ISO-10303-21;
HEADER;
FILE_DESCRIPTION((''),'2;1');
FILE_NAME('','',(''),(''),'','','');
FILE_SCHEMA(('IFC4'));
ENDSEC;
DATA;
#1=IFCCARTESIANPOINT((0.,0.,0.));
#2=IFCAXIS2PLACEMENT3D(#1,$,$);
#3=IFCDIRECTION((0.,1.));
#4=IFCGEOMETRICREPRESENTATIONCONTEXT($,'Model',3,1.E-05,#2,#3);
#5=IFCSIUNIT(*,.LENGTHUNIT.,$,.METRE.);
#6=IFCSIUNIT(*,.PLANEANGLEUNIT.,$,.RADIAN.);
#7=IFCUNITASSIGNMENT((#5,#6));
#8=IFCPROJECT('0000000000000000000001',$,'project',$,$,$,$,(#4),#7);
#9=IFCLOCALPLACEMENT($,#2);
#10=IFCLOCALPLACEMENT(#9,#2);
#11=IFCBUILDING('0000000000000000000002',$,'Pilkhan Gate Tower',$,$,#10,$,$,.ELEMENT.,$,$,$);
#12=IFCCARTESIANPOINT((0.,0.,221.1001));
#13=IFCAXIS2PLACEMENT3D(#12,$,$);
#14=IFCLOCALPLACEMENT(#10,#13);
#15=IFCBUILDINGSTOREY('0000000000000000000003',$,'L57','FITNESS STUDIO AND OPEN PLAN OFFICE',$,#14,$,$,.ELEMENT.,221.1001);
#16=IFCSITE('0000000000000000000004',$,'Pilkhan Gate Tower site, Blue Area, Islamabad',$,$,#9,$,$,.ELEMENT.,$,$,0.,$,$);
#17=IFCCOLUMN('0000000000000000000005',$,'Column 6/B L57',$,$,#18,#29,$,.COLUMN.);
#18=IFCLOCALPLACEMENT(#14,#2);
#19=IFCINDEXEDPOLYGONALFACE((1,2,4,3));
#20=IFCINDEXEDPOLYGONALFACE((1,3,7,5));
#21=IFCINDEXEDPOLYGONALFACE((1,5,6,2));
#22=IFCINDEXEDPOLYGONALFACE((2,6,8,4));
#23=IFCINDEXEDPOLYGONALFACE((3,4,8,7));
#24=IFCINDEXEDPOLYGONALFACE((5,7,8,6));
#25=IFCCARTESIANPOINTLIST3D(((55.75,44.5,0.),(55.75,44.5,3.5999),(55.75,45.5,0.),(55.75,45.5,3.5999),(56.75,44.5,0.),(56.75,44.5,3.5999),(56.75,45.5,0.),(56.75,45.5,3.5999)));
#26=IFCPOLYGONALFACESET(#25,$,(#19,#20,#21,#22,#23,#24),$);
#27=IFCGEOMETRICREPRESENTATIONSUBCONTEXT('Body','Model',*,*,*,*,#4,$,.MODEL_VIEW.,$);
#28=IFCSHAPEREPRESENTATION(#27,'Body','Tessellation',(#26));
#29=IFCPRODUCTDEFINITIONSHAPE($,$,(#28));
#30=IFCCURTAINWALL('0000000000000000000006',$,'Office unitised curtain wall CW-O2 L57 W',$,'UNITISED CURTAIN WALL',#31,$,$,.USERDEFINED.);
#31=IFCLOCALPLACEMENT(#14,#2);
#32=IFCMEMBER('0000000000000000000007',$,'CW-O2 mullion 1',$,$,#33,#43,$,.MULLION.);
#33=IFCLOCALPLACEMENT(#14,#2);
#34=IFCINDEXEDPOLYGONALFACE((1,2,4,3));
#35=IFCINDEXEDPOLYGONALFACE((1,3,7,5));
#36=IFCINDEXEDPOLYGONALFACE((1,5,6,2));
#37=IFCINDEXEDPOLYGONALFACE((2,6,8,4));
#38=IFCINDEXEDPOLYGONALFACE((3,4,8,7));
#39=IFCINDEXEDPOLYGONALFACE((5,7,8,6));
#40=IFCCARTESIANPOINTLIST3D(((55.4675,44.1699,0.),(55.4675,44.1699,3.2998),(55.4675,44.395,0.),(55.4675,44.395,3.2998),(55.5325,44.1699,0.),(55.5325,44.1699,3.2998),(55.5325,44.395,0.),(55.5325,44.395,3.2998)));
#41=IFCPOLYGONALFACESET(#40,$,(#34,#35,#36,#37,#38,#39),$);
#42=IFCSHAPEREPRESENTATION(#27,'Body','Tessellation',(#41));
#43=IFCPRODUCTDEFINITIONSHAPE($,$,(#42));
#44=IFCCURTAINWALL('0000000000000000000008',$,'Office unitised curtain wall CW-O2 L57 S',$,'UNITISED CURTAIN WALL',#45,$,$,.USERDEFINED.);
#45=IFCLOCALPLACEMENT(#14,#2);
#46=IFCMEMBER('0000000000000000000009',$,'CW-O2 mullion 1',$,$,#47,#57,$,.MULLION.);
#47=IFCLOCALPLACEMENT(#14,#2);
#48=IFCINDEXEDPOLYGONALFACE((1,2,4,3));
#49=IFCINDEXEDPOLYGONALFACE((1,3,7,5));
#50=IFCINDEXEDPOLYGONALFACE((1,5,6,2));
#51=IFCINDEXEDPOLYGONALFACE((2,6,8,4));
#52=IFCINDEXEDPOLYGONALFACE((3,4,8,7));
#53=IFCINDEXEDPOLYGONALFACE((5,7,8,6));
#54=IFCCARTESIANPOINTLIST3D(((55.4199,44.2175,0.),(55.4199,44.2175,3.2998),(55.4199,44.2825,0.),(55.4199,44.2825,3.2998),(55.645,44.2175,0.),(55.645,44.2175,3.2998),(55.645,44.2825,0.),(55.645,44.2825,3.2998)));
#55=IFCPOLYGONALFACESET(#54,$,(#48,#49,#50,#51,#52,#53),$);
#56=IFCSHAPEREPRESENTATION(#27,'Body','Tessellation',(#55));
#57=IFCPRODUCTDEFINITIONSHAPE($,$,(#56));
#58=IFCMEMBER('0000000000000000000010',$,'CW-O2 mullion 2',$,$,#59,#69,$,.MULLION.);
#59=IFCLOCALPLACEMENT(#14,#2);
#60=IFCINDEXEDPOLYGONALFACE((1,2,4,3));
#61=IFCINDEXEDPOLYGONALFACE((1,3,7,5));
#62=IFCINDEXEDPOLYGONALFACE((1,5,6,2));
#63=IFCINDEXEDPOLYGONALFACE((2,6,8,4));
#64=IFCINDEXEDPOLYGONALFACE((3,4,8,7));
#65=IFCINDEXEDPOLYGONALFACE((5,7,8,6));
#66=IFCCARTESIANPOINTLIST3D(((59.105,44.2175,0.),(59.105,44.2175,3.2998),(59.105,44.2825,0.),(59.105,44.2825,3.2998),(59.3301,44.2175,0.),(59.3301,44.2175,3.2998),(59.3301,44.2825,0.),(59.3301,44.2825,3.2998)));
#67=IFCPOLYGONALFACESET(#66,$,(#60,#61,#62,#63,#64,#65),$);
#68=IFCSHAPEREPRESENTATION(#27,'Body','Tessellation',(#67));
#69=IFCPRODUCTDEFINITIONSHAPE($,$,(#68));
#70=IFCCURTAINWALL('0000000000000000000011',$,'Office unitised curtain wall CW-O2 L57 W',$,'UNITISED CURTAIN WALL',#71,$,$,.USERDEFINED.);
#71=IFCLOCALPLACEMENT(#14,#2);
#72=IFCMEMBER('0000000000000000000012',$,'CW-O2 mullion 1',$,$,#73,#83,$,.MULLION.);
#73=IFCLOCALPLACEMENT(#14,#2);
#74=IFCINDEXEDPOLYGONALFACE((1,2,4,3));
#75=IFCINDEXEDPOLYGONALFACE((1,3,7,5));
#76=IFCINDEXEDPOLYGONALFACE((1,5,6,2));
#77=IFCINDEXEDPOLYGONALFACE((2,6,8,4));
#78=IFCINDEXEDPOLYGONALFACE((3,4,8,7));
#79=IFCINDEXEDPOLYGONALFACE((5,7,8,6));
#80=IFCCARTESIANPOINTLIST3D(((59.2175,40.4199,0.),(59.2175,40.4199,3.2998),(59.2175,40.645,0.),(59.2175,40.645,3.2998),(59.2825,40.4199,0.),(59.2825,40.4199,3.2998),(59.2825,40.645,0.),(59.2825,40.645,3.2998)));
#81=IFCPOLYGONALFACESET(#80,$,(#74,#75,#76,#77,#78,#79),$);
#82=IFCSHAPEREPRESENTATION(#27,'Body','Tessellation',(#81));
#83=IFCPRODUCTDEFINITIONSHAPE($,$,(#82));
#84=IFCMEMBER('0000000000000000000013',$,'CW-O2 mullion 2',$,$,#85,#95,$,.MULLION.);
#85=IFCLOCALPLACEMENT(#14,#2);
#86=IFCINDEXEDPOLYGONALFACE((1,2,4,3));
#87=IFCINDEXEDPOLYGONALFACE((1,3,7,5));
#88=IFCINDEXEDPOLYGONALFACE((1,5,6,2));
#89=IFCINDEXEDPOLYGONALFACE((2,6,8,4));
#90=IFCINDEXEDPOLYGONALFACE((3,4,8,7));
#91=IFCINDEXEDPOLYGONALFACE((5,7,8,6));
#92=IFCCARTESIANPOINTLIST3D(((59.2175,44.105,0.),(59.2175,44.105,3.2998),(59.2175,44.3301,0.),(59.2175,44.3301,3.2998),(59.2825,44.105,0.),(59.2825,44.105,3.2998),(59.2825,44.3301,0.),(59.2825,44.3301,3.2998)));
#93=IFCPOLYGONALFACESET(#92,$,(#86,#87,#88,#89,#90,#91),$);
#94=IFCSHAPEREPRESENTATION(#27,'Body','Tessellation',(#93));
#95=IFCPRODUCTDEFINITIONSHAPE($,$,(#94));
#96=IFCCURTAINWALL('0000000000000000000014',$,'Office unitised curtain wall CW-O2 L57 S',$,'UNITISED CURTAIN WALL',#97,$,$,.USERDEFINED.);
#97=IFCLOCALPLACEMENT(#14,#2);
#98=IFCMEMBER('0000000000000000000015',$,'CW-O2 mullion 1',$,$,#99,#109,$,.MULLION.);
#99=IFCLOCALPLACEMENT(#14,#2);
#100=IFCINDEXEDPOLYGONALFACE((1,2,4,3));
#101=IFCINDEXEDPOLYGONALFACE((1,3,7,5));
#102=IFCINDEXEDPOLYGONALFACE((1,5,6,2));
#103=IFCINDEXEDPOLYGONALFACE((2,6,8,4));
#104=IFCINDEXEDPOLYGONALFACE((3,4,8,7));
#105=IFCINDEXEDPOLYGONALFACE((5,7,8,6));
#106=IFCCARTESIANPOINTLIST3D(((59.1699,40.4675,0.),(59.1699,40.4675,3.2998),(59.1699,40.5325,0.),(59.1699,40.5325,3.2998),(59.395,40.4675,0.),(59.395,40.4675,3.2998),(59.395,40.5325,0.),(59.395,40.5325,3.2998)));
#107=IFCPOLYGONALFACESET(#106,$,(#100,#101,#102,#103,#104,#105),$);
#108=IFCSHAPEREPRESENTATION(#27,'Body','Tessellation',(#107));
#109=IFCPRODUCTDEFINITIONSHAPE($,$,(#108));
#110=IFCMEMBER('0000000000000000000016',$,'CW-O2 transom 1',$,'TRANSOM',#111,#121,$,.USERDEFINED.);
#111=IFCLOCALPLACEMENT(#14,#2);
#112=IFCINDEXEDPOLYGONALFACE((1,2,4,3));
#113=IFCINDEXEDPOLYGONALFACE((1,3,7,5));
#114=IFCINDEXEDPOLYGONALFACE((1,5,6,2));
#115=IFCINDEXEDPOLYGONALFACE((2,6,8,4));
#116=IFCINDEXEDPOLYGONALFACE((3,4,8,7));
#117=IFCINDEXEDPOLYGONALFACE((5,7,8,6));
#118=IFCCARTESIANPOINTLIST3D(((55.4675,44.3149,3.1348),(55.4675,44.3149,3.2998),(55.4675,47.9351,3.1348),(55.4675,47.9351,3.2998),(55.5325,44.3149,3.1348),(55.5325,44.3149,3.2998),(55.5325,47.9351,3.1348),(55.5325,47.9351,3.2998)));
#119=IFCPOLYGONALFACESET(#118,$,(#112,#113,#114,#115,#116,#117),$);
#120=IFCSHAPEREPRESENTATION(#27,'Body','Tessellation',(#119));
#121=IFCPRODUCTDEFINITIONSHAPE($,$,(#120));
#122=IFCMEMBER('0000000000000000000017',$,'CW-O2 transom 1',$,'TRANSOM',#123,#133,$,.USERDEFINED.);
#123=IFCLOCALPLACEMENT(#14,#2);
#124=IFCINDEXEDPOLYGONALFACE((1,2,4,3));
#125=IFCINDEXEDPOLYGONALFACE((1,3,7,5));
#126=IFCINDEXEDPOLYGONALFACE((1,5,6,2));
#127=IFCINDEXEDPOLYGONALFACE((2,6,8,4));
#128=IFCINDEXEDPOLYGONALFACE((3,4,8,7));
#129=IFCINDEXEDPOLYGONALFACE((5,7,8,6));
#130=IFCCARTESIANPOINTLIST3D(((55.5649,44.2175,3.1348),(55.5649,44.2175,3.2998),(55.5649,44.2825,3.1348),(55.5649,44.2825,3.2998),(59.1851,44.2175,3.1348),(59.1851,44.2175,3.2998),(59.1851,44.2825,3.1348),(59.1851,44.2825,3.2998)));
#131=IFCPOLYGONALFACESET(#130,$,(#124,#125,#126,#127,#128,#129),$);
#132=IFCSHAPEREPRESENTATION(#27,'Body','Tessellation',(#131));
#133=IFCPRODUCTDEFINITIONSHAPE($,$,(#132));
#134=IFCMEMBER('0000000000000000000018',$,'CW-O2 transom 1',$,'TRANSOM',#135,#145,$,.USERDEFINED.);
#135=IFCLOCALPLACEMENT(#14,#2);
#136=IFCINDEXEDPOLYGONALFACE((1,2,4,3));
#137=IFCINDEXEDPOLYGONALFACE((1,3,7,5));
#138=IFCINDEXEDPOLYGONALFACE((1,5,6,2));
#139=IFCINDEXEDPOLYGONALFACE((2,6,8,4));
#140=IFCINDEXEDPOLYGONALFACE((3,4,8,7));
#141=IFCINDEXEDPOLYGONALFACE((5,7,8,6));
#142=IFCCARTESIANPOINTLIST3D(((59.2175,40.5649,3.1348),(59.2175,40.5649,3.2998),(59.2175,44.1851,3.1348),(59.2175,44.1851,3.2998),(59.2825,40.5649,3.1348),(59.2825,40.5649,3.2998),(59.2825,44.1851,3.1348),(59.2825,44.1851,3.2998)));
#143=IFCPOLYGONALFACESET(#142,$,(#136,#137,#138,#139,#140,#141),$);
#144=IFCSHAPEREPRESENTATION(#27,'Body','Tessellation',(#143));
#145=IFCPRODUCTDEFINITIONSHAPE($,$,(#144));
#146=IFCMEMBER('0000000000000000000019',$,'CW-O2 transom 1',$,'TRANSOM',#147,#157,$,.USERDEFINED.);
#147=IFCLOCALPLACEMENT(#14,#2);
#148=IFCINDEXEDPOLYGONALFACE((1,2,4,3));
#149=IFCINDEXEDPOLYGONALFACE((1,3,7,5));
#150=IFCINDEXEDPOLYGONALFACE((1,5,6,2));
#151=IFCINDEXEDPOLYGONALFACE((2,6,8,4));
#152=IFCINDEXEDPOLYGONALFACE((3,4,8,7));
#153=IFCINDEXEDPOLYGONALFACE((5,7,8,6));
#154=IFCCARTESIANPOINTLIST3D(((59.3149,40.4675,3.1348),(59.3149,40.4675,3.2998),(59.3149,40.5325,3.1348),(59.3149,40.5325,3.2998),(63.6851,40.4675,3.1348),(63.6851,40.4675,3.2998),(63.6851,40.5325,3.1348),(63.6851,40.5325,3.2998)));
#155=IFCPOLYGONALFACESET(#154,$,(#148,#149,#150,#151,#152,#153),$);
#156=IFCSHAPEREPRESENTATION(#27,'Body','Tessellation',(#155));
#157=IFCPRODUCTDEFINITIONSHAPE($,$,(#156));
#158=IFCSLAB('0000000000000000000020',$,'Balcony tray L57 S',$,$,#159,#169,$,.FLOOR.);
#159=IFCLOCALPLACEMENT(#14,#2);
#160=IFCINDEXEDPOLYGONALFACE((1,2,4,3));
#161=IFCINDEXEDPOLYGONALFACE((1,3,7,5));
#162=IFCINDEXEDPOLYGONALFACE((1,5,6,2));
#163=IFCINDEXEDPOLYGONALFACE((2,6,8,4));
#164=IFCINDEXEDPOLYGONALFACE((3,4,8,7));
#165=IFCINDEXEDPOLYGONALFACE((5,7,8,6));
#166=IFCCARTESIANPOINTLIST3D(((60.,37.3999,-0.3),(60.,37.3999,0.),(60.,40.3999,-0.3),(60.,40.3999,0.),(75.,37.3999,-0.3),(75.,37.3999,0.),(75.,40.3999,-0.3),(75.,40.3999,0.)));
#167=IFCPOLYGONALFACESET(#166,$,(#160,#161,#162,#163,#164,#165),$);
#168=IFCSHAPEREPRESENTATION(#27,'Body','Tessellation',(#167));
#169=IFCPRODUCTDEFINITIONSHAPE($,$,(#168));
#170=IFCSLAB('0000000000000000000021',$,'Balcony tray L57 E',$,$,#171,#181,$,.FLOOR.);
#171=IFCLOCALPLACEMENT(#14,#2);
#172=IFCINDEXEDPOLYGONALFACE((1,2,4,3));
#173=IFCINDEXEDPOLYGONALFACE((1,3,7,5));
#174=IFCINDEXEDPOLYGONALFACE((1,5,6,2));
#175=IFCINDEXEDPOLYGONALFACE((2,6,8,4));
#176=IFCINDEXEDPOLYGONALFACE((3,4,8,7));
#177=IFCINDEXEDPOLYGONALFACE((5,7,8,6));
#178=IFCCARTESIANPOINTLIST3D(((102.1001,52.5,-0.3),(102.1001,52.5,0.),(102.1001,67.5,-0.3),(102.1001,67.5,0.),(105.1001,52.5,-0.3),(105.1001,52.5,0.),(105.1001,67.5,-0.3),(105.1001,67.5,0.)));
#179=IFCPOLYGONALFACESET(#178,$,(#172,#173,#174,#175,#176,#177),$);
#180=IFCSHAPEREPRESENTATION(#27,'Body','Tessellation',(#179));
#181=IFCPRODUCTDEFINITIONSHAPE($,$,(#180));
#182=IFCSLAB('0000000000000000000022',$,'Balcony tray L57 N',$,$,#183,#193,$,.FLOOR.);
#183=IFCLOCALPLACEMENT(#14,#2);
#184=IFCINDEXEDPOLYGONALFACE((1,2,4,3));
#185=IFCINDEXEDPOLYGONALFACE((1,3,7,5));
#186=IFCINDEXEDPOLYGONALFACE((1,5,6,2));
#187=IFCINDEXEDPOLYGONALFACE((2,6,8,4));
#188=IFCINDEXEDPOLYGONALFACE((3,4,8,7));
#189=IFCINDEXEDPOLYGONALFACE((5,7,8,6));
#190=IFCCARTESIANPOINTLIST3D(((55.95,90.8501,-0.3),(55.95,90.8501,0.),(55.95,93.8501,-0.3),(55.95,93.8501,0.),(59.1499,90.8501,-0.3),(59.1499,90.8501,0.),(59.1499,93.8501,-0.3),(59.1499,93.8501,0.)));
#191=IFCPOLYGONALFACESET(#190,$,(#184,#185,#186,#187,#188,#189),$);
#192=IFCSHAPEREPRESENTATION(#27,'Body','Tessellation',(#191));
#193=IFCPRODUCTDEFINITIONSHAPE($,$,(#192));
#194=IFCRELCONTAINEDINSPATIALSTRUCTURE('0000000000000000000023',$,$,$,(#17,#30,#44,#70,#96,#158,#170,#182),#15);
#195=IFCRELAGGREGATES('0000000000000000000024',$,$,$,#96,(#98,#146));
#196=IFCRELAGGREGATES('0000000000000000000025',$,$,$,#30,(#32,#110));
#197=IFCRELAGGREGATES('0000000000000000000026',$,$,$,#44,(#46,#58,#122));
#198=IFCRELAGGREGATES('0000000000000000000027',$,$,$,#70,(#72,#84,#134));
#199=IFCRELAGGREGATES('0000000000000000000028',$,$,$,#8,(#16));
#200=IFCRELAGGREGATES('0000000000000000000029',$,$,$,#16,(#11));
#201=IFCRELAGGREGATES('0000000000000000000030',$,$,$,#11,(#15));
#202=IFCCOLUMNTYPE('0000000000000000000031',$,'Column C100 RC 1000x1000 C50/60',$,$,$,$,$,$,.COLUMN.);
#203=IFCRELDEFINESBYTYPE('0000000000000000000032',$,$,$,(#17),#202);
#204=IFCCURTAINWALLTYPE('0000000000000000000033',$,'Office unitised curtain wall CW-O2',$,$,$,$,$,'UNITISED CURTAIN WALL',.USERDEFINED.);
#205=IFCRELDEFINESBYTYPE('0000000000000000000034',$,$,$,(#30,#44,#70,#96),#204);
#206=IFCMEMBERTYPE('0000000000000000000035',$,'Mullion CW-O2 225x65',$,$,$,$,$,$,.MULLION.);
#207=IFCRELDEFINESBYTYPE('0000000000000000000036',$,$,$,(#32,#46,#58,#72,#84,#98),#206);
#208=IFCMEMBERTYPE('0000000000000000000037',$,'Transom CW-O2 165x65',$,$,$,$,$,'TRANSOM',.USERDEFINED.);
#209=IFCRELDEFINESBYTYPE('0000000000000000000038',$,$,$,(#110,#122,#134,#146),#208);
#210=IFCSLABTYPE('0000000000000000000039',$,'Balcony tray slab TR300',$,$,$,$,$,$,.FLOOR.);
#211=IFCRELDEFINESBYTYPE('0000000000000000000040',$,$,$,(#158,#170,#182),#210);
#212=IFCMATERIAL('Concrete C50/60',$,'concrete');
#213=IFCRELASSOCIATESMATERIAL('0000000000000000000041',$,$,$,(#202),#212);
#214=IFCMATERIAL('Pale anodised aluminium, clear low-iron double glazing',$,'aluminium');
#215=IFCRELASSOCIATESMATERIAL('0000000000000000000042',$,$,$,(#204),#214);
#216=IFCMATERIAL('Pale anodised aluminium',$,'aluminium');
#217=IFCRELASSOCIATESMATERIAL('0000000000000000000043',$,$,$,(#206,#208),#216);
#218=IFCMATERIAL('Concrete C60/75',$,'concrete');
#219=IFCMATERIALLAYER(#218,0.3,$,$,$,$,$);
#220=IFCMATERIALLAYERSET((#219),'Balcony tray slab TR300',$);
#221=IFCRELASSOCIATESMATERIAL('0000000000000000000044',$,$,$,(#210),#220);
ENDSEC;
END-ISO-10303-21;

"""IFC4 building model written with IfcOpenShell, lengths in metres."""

from ifc_helpers import new_model, si_unit, direction, frame, origin, origin_2d, place, context, subcontext, project, spatial, polyline, rectangle, outline, extrude, material, layer, layer_set, material_profile, profile_set, type_object, element, aggregate, save


model = new_model("IFC4")

# Units and contexts
model_context = context("Model", 3, precision=1e-05, world=origin(), true_north=direction((0.0, 1.0)))
body_context = subcontext(model_context, "Body", "Model", "MODEL_VIEW")
ifc_project = project(units=[si_unit("LENGTHUNIT", "METRE"), si_unit("PLANEANGLEUNIT", "RADIAN")], contexts=[model_context])

# Site, building, storey
site_placement = place(None, origin())
site = spatial("IfcSite", under=ifc_project, at=site_placement, Name="Pilkhan Gate Tower site, Blue Area, Islamabad", CompositionType="ELEMENT", RefElevation=0.0)
building_placement = place(site_placement, origin())
building = spatial("IfcBuilding", under=site, at=building_placement, Name="Pilkhan Gate Tower", CompositionType="ELEMENT")
storey_placement = place(building_placement, frame((0.0, 0.0, 221.1001)))
storey = spatial("IfcBuildingStorey", under=building, at=storey_placement, Name="L57", Description="FITNESS STUDIO AND OPEN PLAN OFFICE", CompositionType="ELEMENT", Elevation=221.1001)

# Column
ifc_material_1 = material(Name="Concrete C50/60", Category="concrete")
ifc_material_profile_1 = material_profile(ifc_material_1, rectangle(XDim=1.0, YDim=1.0, at=origin_2d()), Name="RC 1000x1000")
ifc_profile_set_1 = profile_set([ifc_material_profile_1], Name="Concrete C50/60")
column_type = type_object("IfcColumnType", Name="Column C100 RC 1000x1000 C50/60", PredefinedType="COLUMN", material=ifc_profile_set_1)
column_placement = place(storey_placement, frame((56.25, 45.0, 0.0), z_axis=(0.0, 0.0, 1.0), x_axis=(1.0, 0.0, 0.0)))
element("IfcColumn", 1, at=column_placement, inside=storey, type_object=column_type, Name="Column 6/B L57", PredefinedType="COLUMN", context=body_context, shape_type="SweptSolid", body=[
    extrude(rectangle(XDim=1.0, YDim=1.0, at=origin_2d()), origin(), (0.0, 0.0, 1.0), 3.5999),
])

# Curtain wall, member
ifc_material_2 = material(Name="Pale anodised aluminium, clear low-iron double glazing", Category="aluminium")
curtain_wall_type = type_object("IfcCurtainWallType", Name="Office unitised curtain wall CW-O2", ElementType="UNITISED CURTAIN WALL", PredefinedType="USERDEFINED", material=ifc_material_2)
curtain_wall_1_placement = place(storey_placement, origin())
curtain_wall_1 = element("IfcCurtainWall", 2, at=curtain_wall_1_placement, inside=storey, type_object=curtain_wall_type, Name="Office unitised curtain wall CW-O2 L57 W", ObjectType="UNITISED CURTAIN WALL", PredefinedType="USERDEFINED")
ifc_material_3 = material(Name="Pale anodised aluminium", Category="aluminium")
ifc_material_profile_2 = material_profile(ifc_material_3, rectangle(XDim=0.0649, YDim=0.2251, at=origin_2d()), Name="Mullion 225x65")
ifc_profile_set_2 = profile_set([ifc_material_profile_2], Name="Pale anodised aluminium")
member_type_1 = type_object("IfcMemberType", Name="Mullion CW-O2 225x65", PredefinedType="MULLION", material=ifc_profile_set_2)
member_1_placement = place(storey_placement, frame((55.5, 44.2825, 0.0), z_axis=(0.0, 0.0, 1.0), x_axis=(-1.0, 0.0, 0.0)))
member_1 = element("IfcMember", 3, at=member_1_placement, type_object=member_type_1, Name="CW-O2 mullion 1", PredefinedType="MULLION", context=body_context, shape_type="SweptSolid", body=[
    extrude(rectangle(XDim=0.0649, YDim=0.2251, at=origin_2d()), origin(), (0.0, 0.0, 1.0), 3.2998),
])

# Curtain walls, members
curtain_wall_2_placement = place(storey_placement, origin())
curtain_wall_2 = element("IfcCurtainWall", 4, at=curtain_wall_2_placement, inside=storey, type_object=curtain_wall_type, Name="Office unitised curtain wall CW-O2 L57 S", ObjectType="UNITISED CURTAIN WALL", PredefinedType="USERDEFINED")
member_2_placement = place(storey_placement, frame((55.5325, 44.25, 0.0), z_axis=(0.0, 0.0, 1.0), x_axis=(0.0, 1.0, 0.0)))
member_2 = element("IfcMember", 5, at=member_2_placement, type_object=member_type_1, Name="CW-O2 mullion 1", PredefinedType="MULLION", context=body_context, shape_type="SweptSolid", body=[
    extrude(rectangle(XDim=0.0649, YDim=0.2251, at=origin_2d()), origin(), (0.0, 0.0, 1.0), 3.2998),
])
member_3_placement = place(storey_placement, frame((59.2175, 44.25, 0.0), z_axis=(0.0, 0.0, 1.0), x_axis=(0.0, 1.0, 0.0)))
member_3 = element("IfcMember", 6, at=member_3_placement, type_object=member_type_1, Name="CW-O2 mullion 2", PredefinedType="MULLION", context=body_context, shape_type="SweptSolid", body=[
    extrude(rectangle(XDim=0.0649, YDim=0.2251, at=origin_2d()), origin(), (0.0, 0.0, 1.0), 3.2998),
])
curtain_wall_3_placement = place(storey_placement, origin())
curtain_wall_3 = element("IfcCurtainWall", 7, at=curtain_wall_3_placement, inside=storey, type_object=curtain_wall_type, Name="Office unitised curtain wall CW-O2 L57 W", ObjectType="UNITISED CURTAIN WALL", PredefinedType="USERDEFINED")
member_4_placement = place(storey_placement, frame((59.25, 40.5325, 0.0), z_axis=(0.0, 0.0, 1.0), x_axis=(-1.0, 0.0, 0.0)))
member_4 = element("IfcMember", 8, at=member_4_placement, type_object=member_type_1, Name="CW-O2 mullion 1", PredefinedType="MULLION", context=body_context, shape_type="SweptSolid", body=[
    extrude(rectangle(XDim=0.0649, YDim=0.2251, at=origin_2d()), origin(), (0.0, 0.0, 1.0), 3.2998),
])
member_5_placement = place(storey_placement, frame((59.25, 44.2175, 0.0), z_axis=(0.0, 0.0, 1.0), x_axis=(-1.0, 0.0, 0.0)))
member_5 = element("IfcMember", 9, at=member_5_placement, type_object=member_type_1, Name="CW-O2 mullion 2", PredefinedType="MULLION", context=body_context, shape_type="SweptSolid", body=[
    extrude(rectangle(XDim=0.0649, YDim=0.2251, at=origin_2d()), origin(), (0.0, 0.0, 1.0), 3.2998),
])

# Curtain wall, member
curtain_wall_4_placement = place(storey_placement, origin())
curtain_wall_4 = element("IfcCurtainWall", 10, at=curtain_wall_4_placement, inside=storey, type_object=curtain_wall_type, Name="Office unitised curtain wall CW-O2 L57 S", ObjectType="UNITISED CURTAIN WALL", PredefinedType="USERDEFINED")
member_6_placement = place(storey_placement, frame((59.2825, 40.5, 0.0), z_axis=(0.0, 0.0, 1.0), x_axis=(0.0, 1.0, 0.0)))
member_6 = element("IfcMember", 11, at=member_6_placement, type_object=member_type_1, Name="CW-O2 mullion 1", PredefinedType="MULLION", context=body_context, shape_type="SweptSolid", body=[
    extrude(rectangle(XDim=0.0649, YDim=0.2251, at=origin_2d()), origin(), (0.0, 0.0, 1.0), 3.2998),
])

# Members
ifc_material_profile_3 = material_profile(ifc_material_3, rectangle(XDim=0.0649, YDim=0.165, at=origin_2d()), Name="Transom 165x65")
ifc_profile_set_3 = profile_set([ifc_material_profile_3], Name="Pale anodised aluminium")
member_type_2 = type_object("IfcMemberType", Name="Transom CW-O2 165x65", ElementType="TRANSOM", PredefinedType="USERDEFINED", material=ifc_profile_set_3)
member_7_placement = place(storey_placement, frame((55.5, 44.3149, 3.2173), z_axis=(0.0, 1.0, 0.0), x_axis=(-1.0, 0.0, 0.0)))
member_7 = element("IfcMember", 12, at=member_7_placement, type_object=member_type_2, Name="CW-O2 transom 1", ObjectType="TRANSOM", PredefinedType="USERDEFINED", context=body_context, shape_type="SweptSolid", body=[
    extrude(rectangle(XDim=0.0649, YDim=0.165, at=origin_2d()), origin(), (0.0, 0.0, 1.0), 3.6201),
])
member_8_placement = place(storey_placement, frame((55.5649, 44.25, 3.2173), z_axis=(1.0, 0.0, 0.0), x_axis=(0.0, 1.0, 0.0)))
member_8 = element("IfcMember", 13, at=member_8_placement, type_object=member_type_2, Name="CW-O2 transom 1", ObjectType="TRANSOM", PredefinedType="USERDEFINED", context=body_context, shape_type="SweptSolid", body=[
    extrude(rectangle(XDim=0.0649, YDim=0.165, at=origin_2d()), origin(), (0.0, 0.0, 1.0), 3.6201),
])
member_9_placement = place(storey_placement, frame((59.25, 40.5649, 3.2173), z_axis=(0.0, 1.0, 0.0), x_axis=(-1.0, 0.0, 0.0)))
member_9 = element("IfcMember", 14, at=member_9_placement, type_object=member_type_2, Name="CW-O2 transom 1", ObjectType="TRANSOM", PredefinedType="USERDEFINED", context=body_context, shape_type="SweptSolid", body=[
    extrude(rectangle(XDim=0.0649, YDim=0.165, at=origin_2d()), origin(), (0.0, 0.0, 1.0), 3.6201),
])
member_10_placement = place(storey_placement, frame((59.3149, 40.5, 3.2173), z_axis=(1.0, 0.0, 0.0), x_axis=(0.0, 1.0, 0.0)))
member_10 = element("IfcMember", 15, at=member_10_placement, type_object=member_type_2, Name="CW-O2 transom 1", ObjectType="TRANSOM", PredefinedType="USERDEFINED", context=body_context, shape_type="SweptSolid", body=[
    extrude(rectangle(XDim=0.0649, YDim=0.165, at=origin_2d()), origin(), (0.0, 0.0, 1.0), 4.3701),
])
aggregate(curtain_wall_4, [member_6, member_10])

# Slabs
ifc_material_4 = material(Name="Concrete C60/75", Category="concrete")
ifc_layer_1 = layer(ifc_material_4, 0.3)
ifc_layer_set_1 = layer_set([ifc_layer_1], Name="Balcony tray slab TR300")
slab_type_1 = type_object("IfcSlabType", Name="Balcony tray slab TR300", PredefinedType="FLOOR", material=ifc_layer_set_1)
slab_1_placement = place(storey_placement, frame((0.0, 0.0, -0.3)))
element("IfcSlab", 16, at=slab_1_placement, inside=storey, type_object=slab_type_1, Name="Balcony tray L57 S", PredefinedType="FLOOR", context=body_context, shape_type="SweptSolid", body=[
    extrude(outline(polyline([(75.0, 37.3999), (75.0, 40.3999), (60.0, 40.3999), (60.0, 37.3999), (75.0, 37.3999)])), origin(), (0.0, 0.0, 1.0), 0.3),
])
slab_2_placement = place(storey_placement, frame((0.0, 0.0, -0.3)))
element("IfcSlab", 17, at=slab_2_placement, inside=storey, type_object=slab_type_1, Name="Balcony tray L57 E", PredefinedType="FLOOR", context=body_context, shape_type="SweptSolid", body=[
    extrude(outline(polyline([(105.1001, 52.5), (105.1001, 67.5), (102.1001, 67.5), (102.1001, 52.5), (105.1001, 52.5)])), origin(), (0.0, 0.0, 1.0), 0.3),
])
slab_3_placement = place(storey_placement, frame((0.0, 0.0, -0.3)))
element("IfcSlab", 18, at=slab_3_placement, inside=storey, type_object=slab_type_1, Name="Balcony tray L57 N", PredefinedType="FLOOR", context=body_context, shape_type="SweptSolid", body=[
    extrude(outline(polyline([(59.1499, 90.8501), (59.1499, 93.8501), (55.95, 93.8501), (55.95, 90.8501), (59.1499, 90.8501)])), origin(), (0.0, 0.0, 1.0), 0.3),
])

aggregate(curtain_wall_1, [member_1, member_7])
aggregate(curtain_wall_2, [member_2, member_3, member_8])
aggregate(curtain_wall_3, [member_4, member_5, member_9])

save(model, "model.ifc")
